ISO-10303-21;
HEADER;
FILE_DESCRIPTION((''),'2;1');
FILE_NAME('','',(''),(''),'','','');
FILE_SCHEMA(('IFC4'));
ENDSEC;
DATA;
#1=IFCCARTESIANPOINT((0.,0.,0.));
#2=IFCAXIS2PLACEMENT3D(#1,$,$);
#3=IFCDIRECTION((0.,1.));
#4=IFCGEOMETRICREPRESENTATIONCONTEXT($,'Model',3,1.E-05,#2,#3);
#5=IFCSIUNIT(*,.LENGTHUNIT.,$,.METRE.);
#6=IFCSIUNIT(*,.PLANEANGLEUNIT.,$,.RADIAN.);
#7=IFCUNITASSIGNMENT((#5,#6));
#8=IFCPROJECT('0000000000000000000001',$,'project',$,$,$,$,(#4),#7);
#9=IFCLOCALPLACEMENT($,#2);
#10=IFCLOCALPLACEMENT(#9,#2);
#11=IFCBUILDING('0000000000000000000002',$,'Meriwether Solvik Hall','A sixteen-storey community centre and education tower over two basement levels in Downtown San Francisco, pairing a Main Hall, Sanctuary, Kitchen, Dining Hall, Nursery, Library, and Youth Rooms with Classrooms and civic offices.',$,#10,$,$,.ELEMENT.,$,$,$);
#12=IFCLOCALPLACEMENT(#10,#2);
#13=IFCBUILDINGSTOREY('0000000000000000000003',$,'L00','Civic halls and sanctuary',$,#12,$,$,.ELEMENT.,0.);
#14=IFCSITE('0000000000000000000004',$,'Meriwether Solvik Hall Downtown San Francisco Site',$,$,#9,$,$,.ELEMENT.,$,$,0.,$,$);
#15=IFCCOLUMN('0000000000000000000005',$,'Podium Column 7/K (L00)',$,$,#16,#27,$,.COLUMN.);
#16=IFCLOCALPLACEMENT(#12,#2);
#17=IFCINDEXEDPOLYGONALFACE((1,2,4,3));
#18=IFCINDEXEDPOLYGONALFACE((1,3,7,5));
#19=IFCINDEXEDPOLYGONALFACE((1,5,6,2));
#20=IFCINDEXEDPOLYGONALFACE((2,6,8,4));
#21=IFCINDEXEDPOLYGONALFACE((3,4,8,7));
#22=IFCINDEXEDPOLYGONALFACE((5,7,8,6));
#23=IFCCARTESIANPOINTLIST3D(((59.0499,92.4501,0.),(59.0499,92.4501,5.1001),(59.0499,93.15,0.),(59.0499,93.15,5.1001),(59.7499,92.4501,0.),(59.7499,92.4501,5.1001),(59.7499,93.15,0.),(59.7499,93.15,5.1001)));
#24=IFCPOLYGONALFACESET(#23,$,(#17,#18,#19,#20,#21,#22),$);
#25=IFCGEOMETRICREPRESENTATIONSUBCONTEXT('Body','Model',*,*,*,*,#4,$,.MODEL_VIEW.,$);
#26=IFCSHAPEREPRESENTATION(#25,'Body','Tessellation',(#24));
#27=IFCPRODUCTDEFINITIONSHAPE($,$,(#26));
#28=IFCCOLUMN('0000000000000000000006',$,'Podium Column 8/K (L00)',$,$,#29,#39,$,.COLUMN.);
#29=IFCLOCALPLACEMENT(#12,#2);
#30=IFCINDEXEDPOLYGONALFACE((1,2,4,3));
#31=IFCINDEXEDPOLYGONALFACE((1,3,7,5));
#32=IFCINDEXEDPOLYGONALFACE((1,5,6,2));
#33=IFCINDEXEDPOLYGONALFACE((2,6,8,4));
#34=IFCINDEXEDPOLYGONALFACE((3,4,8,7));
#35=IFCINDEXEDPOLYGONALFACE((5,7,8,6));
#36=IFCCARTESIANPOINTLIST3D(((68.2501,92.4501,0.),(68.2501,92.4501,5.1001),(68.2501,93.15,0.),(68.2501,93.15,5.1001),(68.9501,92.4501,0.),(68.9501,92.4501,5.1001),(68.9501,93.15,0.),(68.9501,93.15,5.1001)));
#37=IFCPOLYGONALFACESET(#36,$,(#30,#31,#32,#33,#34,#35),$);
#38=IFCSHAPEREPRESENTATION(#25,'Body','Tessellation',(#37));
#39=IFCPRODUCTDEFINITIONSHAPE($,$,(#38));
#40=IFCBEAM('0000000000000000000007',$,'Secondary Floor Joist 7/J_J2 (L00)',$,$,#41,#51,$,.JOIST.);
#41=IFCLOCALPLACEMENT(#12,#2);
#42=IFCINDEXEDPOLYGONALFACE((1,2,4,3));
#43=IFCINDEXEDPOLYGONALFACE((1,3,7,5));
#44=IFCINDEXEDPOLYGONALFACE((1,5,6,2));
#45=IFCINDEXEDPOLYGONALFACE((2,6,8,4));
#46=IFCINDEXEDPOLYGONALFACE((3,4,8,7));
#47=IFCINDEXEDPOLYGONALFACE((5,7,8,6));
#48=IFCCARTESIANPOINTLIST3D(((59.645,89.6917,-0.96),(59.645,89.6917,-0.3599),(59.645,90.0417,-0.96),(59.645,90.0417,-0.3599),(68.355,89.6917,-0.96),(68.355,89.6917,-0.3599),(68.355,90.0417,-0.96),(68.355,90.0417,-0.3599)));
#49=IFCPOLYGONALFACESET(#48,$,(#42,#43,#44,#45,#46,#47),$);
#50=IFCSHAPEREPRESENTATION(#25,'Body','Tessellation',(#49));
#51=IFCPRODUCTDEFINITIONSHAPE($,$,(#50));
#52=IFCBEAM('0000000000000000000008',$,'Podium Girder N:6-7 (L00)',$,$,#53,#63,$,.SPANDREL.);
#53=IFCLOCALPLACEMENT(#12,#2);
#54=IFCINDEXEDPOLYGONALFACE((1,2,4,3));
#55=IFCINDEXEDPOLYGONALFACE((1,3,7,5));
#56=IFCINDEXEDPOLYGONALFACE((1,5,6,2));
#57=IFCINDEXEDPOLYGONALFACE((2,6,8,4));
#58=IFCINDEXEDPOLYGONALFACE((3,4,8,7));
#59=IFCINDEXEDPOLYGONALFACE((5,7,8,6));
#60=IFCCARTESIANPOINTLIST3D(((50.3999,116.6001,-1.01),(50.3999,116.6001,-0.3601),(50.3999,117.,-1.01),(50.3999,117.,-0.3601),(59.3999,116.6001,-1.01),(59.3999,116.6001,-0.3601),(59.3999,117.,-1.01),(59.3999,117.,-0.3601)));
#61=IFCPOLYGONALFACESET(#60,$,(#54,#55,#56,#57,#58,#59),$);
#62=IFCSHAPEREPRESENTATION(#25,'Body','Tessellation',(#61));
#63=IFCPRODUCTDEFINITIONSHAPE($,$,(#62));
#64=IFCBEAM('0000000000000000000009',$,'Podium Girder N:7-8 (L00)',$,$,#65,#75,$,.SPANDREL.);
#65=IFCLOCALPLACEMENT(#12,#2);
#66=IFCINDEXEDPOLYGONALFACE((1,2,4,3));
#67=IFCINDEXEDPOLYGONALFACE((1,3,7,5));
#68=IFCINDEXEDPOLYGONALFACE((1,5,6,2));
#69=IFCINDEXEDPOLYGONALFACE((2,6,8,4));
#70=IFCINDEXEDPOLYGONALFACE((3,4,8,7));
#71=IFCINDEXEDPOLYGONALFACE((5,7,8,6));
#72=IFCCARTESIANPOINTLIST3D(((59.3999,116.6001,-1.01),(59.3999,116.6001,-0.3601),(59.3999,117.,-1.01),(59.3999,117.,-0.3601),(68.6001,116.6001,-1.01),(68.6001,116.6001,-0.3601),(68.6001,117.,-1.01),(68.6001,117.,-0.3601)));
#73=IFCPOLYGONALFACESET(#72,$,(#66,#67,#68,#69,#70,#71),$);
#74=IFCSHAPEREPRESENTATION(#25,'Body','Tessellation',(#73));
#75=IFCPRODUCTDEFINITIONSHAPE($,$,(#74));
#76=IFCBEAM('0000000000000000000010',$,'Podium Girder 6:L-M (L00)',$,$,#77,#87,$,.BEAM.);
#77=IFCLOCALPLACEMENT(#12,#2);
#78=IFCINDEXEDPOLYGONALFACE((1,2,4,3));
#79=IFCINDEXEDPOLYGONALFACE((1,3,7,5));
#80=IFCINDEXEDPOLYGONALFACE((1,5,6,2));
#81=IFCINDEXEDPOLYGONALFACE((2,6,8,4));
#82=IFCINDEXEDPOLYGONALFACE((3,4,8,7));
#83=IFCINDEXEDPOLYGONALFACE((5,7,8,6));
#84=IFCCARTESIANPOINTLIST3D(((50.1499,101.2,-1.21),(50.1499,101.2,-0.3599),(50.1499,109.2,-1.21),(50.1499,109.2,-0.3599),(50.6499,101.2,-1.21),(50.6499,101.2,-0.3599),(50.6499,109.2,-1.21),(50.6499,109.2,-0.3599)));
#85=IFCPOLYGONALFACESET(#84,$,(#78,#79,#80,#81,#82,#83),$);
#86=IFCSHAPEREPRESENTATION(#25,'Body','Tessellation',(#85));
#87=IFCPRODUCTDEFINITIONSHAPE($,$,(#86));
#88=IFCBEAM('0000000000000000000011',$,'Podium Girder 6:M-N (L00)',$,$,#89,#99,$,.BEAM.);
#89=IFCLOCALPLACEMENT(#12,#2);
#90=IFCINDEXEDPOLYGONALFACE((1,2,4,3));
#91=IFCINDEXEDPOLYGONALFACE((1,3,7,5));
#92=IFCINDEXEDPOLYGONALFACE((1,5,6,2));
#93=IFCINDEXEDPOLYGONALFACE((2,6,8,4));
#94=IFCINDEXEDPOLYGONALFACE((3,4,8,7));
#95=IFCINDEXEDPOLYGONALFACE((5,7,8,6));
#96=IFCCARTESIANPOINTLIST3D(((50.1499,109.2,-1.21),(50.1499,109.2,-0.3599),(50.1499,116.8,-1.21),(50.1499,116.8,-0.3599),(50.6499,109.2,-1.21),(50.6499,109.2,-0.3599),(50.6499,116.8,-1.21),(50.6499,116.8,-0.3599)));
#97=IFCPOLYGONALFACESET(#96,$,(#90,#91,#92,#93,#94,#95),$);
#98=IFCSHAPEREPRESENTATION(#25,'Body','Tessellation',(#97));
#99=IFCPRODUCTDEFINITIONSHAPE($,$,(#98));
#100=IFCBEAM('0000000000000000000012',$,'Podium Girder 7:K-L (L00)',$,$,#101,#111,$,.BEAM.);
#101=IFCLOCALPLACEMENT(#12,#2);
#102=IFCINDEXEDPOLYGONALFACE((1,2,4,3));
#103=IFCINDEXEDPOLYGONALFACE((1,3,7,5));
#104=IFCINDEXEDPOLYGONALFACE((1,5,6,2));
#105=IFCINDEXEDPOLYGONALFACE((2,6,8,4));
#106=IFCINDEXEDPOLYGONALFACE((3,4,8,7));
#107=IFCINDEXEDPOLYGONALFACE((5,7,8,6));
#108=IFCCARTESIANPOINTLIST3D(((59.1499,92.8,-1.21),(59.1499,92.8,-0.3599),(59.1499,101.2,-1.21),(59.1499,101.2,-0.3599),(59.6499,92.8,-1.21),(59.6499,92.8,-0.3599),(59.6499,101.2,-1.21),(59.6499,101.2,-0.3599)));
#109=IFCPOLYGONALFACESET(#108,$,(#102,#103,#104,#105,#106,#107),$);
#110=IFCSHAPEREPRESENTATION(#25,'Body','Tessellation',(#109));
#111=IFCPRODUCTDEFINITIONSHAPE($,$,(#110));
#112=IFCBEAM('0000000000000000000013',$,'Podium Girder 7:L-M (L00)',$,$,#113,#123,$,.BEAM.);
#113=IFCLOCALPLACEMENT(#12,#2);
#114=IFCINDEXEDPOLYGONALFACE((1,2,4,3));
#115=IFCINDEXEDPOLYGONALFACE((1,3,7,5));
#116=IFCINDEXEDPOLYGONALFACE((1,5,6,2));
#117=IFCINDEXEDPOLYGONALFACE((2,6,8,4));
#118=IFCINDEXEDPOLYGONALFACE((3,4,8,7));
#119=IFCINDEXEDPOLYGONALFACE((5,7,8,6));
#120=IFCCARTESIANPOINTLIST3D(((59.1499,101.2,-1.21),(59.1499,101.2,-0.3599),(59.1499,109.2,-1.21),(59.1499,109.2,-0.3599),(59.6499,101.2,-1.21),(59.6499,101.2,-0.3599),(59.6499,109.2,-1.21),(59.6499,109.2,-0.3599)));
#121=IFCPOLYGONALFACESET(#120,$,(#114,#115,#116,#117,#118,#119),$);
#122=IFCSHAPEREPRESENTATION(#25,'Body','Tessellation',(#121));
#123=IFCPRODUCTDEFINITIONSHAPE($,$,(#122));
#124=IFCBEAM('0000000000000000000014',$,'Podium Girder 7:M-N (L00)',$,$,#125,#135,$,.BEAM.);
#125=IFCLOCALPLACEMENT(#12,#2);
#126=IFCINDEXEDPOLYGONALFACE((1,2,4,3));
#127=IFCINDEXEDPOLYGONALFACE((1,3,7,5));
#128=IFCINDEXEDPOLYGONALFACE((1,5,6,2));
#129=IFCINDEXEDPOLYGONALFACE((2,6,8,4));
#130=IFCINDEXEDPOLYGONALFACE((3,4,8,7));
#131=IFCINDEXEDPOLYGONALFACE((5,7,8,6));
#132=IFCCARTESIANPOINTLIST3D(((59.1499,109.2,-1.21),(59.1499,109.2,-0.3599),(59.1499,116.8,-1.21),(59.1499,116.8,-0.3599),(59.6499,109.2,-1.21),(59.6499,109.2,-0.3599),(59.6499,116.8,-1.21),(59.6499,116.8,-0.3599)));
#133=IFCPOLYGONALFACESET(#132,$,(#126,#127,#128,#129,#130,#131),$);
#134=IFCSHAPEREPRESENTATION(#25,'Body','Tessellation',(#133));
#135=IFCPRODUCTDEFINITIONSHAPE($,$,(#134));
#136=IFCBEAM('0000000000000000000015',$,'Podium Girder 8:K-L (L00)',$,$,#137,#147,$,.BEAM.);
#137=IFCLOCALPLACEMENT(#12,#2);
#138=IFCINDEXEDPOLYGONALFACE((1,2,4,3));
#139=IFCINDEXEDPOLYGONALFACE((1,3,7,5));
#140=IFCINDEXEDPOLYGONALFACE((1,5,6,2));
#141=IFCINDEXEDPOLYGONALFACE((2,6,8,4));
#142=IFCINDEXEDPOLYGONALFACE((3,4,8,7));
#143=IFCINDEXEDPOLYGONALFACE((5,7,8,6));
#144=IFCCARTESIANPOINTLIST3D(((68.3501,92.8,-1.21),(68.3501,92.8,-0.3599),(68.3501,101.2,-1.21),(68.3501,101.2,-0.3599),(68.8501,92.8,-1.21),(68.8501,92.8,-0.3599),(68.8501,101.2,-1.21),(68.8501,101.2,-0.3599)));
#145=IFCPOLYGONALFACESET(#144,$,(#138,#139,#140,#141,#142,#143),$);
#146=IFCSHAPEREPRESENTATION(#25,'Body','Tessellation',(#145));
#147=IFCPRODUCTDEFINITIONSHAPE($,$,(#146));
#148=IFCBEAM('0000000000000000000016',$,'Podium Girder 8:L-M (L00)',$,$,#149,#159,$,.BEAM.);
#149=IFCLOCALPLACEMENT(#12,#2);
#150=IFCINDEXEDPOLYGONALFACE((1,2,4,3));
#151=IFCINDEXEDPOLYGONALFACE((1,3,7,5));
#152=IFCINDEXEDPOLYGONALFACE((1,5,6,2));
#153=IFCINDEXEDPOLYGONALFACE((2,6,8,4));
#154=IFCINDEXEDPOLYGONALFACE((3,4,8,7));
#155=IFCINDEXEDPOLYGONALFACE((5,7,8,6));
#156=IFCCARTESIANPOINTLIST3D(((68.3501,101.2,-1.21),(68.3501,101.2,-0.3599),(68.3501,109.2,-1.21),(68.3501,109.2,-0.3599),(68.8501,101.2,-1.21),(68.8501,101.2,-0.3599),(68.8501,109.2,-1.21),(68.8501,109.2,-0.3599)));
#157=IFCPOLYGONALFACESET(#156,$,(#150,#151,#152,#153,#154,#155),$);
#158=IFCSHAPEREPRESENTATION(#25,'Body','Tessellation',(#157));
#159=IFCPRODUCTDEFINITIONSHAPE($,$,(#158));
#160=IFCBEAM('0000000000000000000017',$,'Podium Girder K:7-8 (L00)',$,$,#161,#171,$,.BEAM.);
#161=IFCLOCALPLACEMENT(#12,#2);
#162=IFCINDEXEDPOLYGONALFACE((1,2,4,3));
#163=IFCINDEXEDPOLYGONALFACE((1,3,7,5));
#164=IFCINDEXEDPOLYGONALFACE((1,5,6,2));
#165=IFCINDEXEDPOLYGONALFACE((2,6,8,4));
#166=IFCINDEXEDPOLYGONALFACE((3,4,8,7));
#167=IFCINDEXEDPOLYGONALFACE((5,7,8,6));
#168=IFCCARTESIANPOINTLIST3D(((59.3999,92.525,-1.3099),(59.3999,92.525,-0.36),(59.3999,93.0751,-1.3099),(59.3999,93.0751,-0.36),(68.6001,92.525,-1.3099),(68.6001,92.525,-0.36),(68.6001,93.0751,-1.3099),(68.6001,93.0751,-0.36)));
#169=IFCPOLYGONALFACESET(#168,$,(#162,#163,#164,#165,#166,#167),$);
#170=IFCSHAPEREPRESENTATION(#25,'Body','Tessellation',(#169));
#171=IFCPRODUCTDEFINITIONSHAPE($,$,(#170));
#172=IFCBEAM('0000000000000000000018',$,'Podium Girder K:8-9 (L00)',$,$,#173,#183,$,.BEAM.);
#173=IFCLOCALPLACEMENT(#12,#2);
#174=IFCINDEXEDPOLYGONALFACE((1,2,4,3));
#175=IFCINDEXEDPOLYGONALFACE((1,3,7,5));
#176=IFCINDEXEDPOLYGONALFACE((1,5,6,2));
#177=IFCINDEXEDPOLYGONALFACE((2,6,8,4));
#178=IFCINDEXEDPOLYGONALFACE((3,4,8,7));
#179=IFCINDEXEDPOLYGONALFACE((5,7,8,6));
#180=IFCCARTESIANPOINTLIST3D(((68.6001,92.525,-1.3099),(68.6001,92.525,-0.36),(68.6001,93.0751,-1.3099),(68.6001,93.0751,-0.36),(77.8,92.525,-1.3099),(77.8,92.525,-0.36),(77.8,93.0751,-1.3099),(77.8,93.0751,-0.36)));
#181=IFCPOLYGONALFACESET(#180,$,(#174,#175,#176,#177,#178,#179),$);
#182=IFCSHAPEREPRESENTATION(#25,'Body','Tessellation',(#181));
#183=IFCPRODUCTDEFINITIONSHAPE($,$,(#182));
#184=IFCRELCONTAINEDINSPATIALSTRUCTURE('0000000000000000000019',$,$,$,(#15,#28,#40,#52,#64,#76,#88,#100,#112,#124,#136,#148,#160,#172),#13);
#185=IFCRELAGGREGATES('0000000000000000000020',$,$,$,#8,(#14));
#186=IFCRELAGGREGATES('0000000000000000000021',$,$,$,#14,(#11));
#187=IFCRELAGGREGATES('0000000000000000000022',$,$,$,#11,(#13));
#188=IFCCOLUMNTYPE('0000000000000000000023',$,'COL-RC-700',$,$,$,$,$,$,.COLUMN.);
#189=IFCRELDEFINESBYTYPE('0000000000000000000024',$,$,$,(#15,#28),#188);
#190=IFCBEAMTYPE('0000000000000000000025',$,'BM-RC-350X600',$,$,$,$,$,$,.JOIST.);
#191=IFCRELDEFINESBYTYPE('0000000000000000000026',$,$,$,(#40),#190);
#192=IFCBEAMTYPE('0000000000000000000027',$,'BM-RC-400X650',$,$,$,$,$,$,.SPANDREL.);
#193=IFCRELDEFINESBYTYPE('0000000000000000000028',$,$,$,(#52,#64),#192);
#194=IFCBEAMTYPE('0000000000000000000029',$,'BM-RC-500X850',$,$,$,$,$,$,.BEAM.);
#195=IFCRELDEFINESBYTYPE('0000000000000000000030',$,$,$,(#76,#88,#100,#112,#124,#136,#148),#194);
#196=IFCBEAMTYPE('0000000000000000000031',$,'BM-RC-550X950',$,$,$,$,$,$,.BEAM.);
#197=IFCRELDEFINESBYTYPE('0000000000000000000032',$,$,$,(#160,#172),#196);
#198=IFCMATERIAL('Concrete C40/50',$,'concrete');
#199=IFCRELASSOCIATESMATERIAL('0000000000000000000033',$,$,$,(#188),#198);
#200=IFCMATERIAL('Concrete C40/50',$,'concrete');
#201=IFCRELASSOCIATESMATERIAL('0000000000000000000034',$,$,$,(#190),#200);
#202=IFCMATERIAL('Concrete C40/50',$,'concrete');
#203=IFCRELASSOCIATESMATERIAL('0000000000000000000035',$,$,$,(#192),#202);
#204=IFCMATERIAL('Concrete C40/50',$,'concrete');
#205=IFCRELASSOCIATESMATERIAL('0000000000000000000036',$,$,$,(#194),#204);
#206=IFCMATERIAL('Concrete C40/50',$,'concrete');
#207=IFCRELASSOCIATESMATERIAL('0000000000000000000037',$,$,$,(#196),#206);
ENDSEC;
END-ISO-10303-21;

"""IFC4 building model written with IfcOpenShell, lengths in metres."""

from ifc_helpers import new_model, si_unit, direction, frame, origin, origin_2d, place, context, subcontext, project, spatial, rectangle, extrude, material, material_profile, profile_set, type_object, element, save


model = new_model("IFC4")

# Units and contexts
model_context = context("Model", 3, precision=1e-05, world=origin(), true_north=direction((0.0, 1.0)))
body_context = subcontext(model_context, "Body", "Model", "MODEL_VIEW")
ifc_project = project(units=[si_unit("LENGTHUNIT", "METRE"), si_unit("PLANEANGLEUNIT", "RADIAN")], contexts=[model_context])

# Site, building, storey
site_placement = place(None, origin())
site = spatial("IfcSite", under=ifc_project, at=site_placement, Name="Meriwether Solvik Hall Downtown San Francisco Site", CompositionType="ELEMENT", RefElevation=0.0)
building_placement = place(site_placement, origin())
building = spatial("IfcBuilding", under=site, at=building_placement, Name="Meriwether Solvik Hall", Description="A sixteen-storey community centre and education tower over two basement levels in Downtown San Francisco, pairing a Main Hall, Sanctuary, Kitchen, Dining Hall, Nursery, Library, and Youth Rooms with Classrooms and civic offices.", CompositionType="ELEMENT")
storey_placement = place(building_placement, origin())
storey = spatial("IfcBuildingStorey", under=building, at=storey_placement, Name="L00", Description="Civic halls and sanctuary", CompositionType="ELEMENT", Elevation=0.0)

# Columns
ifc_material_1 = material(Name="Concrete C40/50", Category="concrete")
ifc_material_profile_1 = material_profile(ifc_material_1, rectangle(XDim=0.7, YDim=0.7, at=origin_2d()), Name="RCC-700X700")
ifc_profile_set_1 = profile_set([ifc_material_profile_1], Name="Concrete C40/50")
column_type = type_object("IfcColumnType", Name="COL-RC-700", PredefinedType="COLUMN", material=ifc_profile_set_1)
for number, where, z_axis, x_axis, name in (
    (1, (59.3999, 92.8, 0.0), (0.0, 0.0, 1.0), (1.0, 0.0, 0.0), "Podium Column 7/K (L00)"),
    (2, (68.6001, 92.8, 0.0), (0.0, 0.0, 1.0), (1.0, 0.0, 0.0), "Podium Column 8/K (L00)"),
):
    element("IfcColumn", number, at=place(storey_placement, frame(where, z_axis=z_axis, x_axis=x_axis)), inside=storey, type_object=column_type, Name=name, PredefinedType="COLUMN", context=body_context, shape_type="SweptSolid", body=[
        extrude(rectangle(XDim=0.7, YDim=0.7, at=origin_2d()), origin(), (0.0, 0.0, 1.0), 5.1001),
    ])

# Beams
ifc_material_2 = material(Name="Concrete C40/50", Category="concrete")
ifc_material_profile_2 = material_profile(ifc_material_2, rectangle(XDim=0.3501, YDim=0.6001, at=origin_2d()), Name="RCB-350X600")
ifc_profile_set_2 = profile_set([ifc_material_profile_2], Name="Concrete C40/50")
beam_type_1 = type_object("IfcBeamType", Name="BM-RC-350X600", PredefinedType="JOIST", material=ifc_profile_set_2)
beam_1_placement = place(storey_placement, frame((59.645, 89.8667, -0.6599), z_axis=(1.0, 0.0, 0.0), x_axis=(0.0, 1.0, 0.0)))
element("IfcBeam", 3, at=beam_1_placement, inside=storey, type_object=beam_type_1, Name="Secondary Floor Joist 7/J_J2 (L00)", PredefinedType="JOIST", context=body_context, shape_type="SweptSolid", body=[
    extrude(rectangle(XDim=0.3501, YDim=0.6001, at=origin_2d()), origin(), (0.0, 0.0, 1.0), 8.71),
])
ifc_material_3 = material(Name="Concrete C40/50", Category="concrete")
ifc_material_profile_3 = material_profile(ifc_material_3, rectangle(XDim=0.3999, YDim=0.6499, at=origin_2d()), Name="RCB-400X650")
ifc_profile_set_3 = profile_set([ifc_material_profile_3], Name="Concrete C40/50")
beam_type_2 = type_object("IfcBeamType", Name="BM-RC-400X650", PredefinedType="SPANDREL", material=ifc_profile_set_3)
beam_2_placement = place(storey_placement, frame((50.3999, 116.8, -0.6851), z_axis=(1.0, 0.0, 0.0), x_axis=(0.0, 1.0, 0.0)))
element("IfcBeam", 4, at=beam_2_placement, inside=storey, type_object=beam_type_2, Name="Podium Girder N:6-7 (L00)", PredefinedType="SPANDREL", context=body_context, shape_type="SweptSolid", body=[
    extrude(rectangle(XDim=0.3999, YDim=0.6499, at=origin_2d()), origin(), (0.0, 0.0, 1.0), 9.0),
])
beam_3_placement = place(storey_placement, frame((59.3999, 116.8, -0.6851), z_axis=(1.0, 0.0, 0.0), x_axis=(0.0, 1.0, 0.0)))
element("IfcBeam", 5, at=beam_3_placement, inside=storey, type_object=beam_type_2, Name="Podium Girder N:7-8 (L00)", PredefinedType="SPANDREL", context=body_context, shape_type="SweptSolid", body=[
    extrude(rectangle(XDim=0.3999, YDim=0.6499, at=origin_2d()), origin(), (0.0, 0.0, 1.0), 9.2002),
])
ifc_material_4 = material(Name="Concrete C40/50", Category="concrete")
ifc_material_profile_4 = material_profile(ifc_material_4, rectangle(XDim=0.5, YDim=0.8501, at=origin_2d()), Name="RCB-500X850")
ifc_profile_set_4 = profile_set([ifc_material_profile_4], Name="Concrete C40/50")
beam_type_3 = type_object("IfcBeamType", Name="BM-RC-500X850", PredefinedType="BEAM", material=ifc_profile_set_4)
beam_4_placement = place(storey_placement, frame((50.3999, 101.2, -0.7849), z_axis=(0.0, 1.0, 0.0), x_axis=(-1.0, 0.0, 0.0)))
element("IfcBeam", 6, at=beam_4_placement, inside=storey, type_object=beam_type_3, Name="Podium Girder 6:L-M (L00)", PredefinedType="BEAM", context=body_context, shape_type="SweptSolid", body=[
    extrude(rectangle(XDim=0.5, YDim=0.8501, at=origin_2d()), origin(), (0.0, 0.0, 1.0), 8.0),
])
beam_5_placement = place(storey_placement, frame((50.3999, 109.2, -0.7849), z_axis=(0.0, 1.0, 0.0), x_axis=(-1.0, 0.0, 0.0)))
element("IfcBeam", 7, at=beam_5_placement, inside=storey, type_object=beam_type_3, Name="Podium Girder 6:M-N (L00)", PredefinedType="BEAM", context=body_context, shape_type="SweptSolid", body=[
    extrude(rectangle(XDim=0.5, YDim=0.8501, at=origin_2d()), origin(), (0.0, 0.0, 1.0), 7.6001),
])
beam_6_placement = place(storey_placement, frame((59.3999, 92.8, -0.7849), z_axis=(0.0, 1.0, 0.0), x_axis=(-1.0, 0.0, 0.0)))
element("IfcBeam", 8, at=beam_6_placement, inside=storey, type_object=beam_type_3, Name="Podium Girder 7:K-L (L00)", PredefinedType="BEAM", context=body_context, shape_type="SweptSolid", body=[
    extrude(rectangle(XDim=0.5, YDim=0.8501, at=origin_2d()), origin(), (0.0, 0.0, 1.0), 8.3999),
])
beam_7_placement = place(storey_placement, frame((59.3999, 101.2, -0.7849), z_axis=(0.0, 1.0, 0.0), x_axis=(-1.0, 0.0, 0.0)))
element("IfcBeam", 9, at=beam_7_placement, inside=storey, type_object=beam_type_3, Name="Podium Girder 7:L-M (L00)", PredefinedType="BEAM", context=body_context, shape_type="SweptSolid", body=[
    extrude(rectangle(XDim=0.5, YDim=0.8501, at=origin_2d()), origin(), (0.0, 0.0, 1.0), 8.0),
])
beam_8_placement = place(storey_placement, frame((59.3999, 109.2, -0.7849), z_axis=(0.0, 1.0, 0.0), x_axis=(-1.0, 0.0, 0.0)))
element("IfcBeam", 10, at=beam_8_placement, inside=storey, type_object=beam_type_3, Name="Podium Girder 7:M-N (L00)", PredefinedType="BEAM", context=body_context, shape_type="SweptSolid", body=[
    extrude(rectangle(XDim=0.5, YDim=0.8501, at=origin_2d()), origin(), (0.0, 0.0, 1.0), 7.6001),
])
beam_9_placement = place(storey_placement, frame((68.6001, 92.8, -0.7849), z_axis=(0.0, 1.0, 0.0), x_axis=(-1.0, 0.0, 0.0)))
element("IfcBeam", 11, at=beam_9_placement, inside=storey, type_object=beam_type_3, Name="Podium Girder 8:K-L (L00)", PredefinedType="BEAM", context=body_context, shape_type="SweptSolid", body=[
    extrude(rectangle(XDim=0.5, YDim=0.8501, at=origin_2d()), origin(), (0.0, 0.0, 1.0), 8.3999),
])
beam_10_placement = place(storey_placement, frame((68.6001, 101.2, -0.7849), z_axis=(0.0, 1.0, 0.0), x_axis=(-1.0, 0.0, 0.0)))
element("IfcBeam", 12, at=beam_10_placement, inside=storey, type_object=beam_type_3, Name="Podium Girder 8:L-M (L00)", PredefinedType="BEAM", context=body_context, shape_type="SweptSolid", body=[
    extrude(rectangle(XDim=0.5, YDim=0.8501, at=origin_2d()), origin(), (0.0, 0.0, 1.0), 8.0),
])
ifc_material_5 = material(Name="Concrete C40/50", Category="concrete")
ifc_material_profile_5 = material_profile(ifc_material_5, rectangle(XDim=0.55, YDim=0.95, at=origin_2d()), Name="RCB-550X950")
ifc_profile_set_5 = profile_set([ifc_material_profile_5], Name="Concrete C40/50")
beam_type_4 = type_object("IfcBeamType", Name="BM-RC-550X950", PredefinedType="BEAM", material=ifc_profile_set_5)
beam_11_placement = place(storey_placement, frame((59.3999, 92.8, -0.835), z_axis=(1.0, 0.0, 0.0), x_axis=(0.0, 1.0, 0.0)))
element("IfcBeam", 13, at=beam_11_placement, inside=storey, type_object=beam_type_4, Name="Podium Girder K:7-8 (L00)", PredefinedType="BEAM", context=body_context, shape_type="SweptSolid", body=[
    extrude(rectangle(XDim=0.55, YDim=0.95, at=origin_2d()), origin(), (0.0, 0.0, 1.0), 9.2002),
])
beam_12_placement = place(storey_placement, frame((68.6001, 92.8, -0.835), z_axis=(1.0, 0.0, 0.0), x_axis=(0.0, 1.0, 0.0)))
element("IfcBeam", 14, at=beam_12_placement, inside=storey, type_object=beam_type_4, Name="Podium Girder K:8-9 (L00)", PredefinedType="BEAM", context=body_context, shape_type="SweptSolid", body=[
    extrude(rectangle(XDim=0.55, YDim=0.95, at=origin_2d()), origin(), (0.0, 0.0, 1.0), 9.2),
])

save(model, "model.ifc")
